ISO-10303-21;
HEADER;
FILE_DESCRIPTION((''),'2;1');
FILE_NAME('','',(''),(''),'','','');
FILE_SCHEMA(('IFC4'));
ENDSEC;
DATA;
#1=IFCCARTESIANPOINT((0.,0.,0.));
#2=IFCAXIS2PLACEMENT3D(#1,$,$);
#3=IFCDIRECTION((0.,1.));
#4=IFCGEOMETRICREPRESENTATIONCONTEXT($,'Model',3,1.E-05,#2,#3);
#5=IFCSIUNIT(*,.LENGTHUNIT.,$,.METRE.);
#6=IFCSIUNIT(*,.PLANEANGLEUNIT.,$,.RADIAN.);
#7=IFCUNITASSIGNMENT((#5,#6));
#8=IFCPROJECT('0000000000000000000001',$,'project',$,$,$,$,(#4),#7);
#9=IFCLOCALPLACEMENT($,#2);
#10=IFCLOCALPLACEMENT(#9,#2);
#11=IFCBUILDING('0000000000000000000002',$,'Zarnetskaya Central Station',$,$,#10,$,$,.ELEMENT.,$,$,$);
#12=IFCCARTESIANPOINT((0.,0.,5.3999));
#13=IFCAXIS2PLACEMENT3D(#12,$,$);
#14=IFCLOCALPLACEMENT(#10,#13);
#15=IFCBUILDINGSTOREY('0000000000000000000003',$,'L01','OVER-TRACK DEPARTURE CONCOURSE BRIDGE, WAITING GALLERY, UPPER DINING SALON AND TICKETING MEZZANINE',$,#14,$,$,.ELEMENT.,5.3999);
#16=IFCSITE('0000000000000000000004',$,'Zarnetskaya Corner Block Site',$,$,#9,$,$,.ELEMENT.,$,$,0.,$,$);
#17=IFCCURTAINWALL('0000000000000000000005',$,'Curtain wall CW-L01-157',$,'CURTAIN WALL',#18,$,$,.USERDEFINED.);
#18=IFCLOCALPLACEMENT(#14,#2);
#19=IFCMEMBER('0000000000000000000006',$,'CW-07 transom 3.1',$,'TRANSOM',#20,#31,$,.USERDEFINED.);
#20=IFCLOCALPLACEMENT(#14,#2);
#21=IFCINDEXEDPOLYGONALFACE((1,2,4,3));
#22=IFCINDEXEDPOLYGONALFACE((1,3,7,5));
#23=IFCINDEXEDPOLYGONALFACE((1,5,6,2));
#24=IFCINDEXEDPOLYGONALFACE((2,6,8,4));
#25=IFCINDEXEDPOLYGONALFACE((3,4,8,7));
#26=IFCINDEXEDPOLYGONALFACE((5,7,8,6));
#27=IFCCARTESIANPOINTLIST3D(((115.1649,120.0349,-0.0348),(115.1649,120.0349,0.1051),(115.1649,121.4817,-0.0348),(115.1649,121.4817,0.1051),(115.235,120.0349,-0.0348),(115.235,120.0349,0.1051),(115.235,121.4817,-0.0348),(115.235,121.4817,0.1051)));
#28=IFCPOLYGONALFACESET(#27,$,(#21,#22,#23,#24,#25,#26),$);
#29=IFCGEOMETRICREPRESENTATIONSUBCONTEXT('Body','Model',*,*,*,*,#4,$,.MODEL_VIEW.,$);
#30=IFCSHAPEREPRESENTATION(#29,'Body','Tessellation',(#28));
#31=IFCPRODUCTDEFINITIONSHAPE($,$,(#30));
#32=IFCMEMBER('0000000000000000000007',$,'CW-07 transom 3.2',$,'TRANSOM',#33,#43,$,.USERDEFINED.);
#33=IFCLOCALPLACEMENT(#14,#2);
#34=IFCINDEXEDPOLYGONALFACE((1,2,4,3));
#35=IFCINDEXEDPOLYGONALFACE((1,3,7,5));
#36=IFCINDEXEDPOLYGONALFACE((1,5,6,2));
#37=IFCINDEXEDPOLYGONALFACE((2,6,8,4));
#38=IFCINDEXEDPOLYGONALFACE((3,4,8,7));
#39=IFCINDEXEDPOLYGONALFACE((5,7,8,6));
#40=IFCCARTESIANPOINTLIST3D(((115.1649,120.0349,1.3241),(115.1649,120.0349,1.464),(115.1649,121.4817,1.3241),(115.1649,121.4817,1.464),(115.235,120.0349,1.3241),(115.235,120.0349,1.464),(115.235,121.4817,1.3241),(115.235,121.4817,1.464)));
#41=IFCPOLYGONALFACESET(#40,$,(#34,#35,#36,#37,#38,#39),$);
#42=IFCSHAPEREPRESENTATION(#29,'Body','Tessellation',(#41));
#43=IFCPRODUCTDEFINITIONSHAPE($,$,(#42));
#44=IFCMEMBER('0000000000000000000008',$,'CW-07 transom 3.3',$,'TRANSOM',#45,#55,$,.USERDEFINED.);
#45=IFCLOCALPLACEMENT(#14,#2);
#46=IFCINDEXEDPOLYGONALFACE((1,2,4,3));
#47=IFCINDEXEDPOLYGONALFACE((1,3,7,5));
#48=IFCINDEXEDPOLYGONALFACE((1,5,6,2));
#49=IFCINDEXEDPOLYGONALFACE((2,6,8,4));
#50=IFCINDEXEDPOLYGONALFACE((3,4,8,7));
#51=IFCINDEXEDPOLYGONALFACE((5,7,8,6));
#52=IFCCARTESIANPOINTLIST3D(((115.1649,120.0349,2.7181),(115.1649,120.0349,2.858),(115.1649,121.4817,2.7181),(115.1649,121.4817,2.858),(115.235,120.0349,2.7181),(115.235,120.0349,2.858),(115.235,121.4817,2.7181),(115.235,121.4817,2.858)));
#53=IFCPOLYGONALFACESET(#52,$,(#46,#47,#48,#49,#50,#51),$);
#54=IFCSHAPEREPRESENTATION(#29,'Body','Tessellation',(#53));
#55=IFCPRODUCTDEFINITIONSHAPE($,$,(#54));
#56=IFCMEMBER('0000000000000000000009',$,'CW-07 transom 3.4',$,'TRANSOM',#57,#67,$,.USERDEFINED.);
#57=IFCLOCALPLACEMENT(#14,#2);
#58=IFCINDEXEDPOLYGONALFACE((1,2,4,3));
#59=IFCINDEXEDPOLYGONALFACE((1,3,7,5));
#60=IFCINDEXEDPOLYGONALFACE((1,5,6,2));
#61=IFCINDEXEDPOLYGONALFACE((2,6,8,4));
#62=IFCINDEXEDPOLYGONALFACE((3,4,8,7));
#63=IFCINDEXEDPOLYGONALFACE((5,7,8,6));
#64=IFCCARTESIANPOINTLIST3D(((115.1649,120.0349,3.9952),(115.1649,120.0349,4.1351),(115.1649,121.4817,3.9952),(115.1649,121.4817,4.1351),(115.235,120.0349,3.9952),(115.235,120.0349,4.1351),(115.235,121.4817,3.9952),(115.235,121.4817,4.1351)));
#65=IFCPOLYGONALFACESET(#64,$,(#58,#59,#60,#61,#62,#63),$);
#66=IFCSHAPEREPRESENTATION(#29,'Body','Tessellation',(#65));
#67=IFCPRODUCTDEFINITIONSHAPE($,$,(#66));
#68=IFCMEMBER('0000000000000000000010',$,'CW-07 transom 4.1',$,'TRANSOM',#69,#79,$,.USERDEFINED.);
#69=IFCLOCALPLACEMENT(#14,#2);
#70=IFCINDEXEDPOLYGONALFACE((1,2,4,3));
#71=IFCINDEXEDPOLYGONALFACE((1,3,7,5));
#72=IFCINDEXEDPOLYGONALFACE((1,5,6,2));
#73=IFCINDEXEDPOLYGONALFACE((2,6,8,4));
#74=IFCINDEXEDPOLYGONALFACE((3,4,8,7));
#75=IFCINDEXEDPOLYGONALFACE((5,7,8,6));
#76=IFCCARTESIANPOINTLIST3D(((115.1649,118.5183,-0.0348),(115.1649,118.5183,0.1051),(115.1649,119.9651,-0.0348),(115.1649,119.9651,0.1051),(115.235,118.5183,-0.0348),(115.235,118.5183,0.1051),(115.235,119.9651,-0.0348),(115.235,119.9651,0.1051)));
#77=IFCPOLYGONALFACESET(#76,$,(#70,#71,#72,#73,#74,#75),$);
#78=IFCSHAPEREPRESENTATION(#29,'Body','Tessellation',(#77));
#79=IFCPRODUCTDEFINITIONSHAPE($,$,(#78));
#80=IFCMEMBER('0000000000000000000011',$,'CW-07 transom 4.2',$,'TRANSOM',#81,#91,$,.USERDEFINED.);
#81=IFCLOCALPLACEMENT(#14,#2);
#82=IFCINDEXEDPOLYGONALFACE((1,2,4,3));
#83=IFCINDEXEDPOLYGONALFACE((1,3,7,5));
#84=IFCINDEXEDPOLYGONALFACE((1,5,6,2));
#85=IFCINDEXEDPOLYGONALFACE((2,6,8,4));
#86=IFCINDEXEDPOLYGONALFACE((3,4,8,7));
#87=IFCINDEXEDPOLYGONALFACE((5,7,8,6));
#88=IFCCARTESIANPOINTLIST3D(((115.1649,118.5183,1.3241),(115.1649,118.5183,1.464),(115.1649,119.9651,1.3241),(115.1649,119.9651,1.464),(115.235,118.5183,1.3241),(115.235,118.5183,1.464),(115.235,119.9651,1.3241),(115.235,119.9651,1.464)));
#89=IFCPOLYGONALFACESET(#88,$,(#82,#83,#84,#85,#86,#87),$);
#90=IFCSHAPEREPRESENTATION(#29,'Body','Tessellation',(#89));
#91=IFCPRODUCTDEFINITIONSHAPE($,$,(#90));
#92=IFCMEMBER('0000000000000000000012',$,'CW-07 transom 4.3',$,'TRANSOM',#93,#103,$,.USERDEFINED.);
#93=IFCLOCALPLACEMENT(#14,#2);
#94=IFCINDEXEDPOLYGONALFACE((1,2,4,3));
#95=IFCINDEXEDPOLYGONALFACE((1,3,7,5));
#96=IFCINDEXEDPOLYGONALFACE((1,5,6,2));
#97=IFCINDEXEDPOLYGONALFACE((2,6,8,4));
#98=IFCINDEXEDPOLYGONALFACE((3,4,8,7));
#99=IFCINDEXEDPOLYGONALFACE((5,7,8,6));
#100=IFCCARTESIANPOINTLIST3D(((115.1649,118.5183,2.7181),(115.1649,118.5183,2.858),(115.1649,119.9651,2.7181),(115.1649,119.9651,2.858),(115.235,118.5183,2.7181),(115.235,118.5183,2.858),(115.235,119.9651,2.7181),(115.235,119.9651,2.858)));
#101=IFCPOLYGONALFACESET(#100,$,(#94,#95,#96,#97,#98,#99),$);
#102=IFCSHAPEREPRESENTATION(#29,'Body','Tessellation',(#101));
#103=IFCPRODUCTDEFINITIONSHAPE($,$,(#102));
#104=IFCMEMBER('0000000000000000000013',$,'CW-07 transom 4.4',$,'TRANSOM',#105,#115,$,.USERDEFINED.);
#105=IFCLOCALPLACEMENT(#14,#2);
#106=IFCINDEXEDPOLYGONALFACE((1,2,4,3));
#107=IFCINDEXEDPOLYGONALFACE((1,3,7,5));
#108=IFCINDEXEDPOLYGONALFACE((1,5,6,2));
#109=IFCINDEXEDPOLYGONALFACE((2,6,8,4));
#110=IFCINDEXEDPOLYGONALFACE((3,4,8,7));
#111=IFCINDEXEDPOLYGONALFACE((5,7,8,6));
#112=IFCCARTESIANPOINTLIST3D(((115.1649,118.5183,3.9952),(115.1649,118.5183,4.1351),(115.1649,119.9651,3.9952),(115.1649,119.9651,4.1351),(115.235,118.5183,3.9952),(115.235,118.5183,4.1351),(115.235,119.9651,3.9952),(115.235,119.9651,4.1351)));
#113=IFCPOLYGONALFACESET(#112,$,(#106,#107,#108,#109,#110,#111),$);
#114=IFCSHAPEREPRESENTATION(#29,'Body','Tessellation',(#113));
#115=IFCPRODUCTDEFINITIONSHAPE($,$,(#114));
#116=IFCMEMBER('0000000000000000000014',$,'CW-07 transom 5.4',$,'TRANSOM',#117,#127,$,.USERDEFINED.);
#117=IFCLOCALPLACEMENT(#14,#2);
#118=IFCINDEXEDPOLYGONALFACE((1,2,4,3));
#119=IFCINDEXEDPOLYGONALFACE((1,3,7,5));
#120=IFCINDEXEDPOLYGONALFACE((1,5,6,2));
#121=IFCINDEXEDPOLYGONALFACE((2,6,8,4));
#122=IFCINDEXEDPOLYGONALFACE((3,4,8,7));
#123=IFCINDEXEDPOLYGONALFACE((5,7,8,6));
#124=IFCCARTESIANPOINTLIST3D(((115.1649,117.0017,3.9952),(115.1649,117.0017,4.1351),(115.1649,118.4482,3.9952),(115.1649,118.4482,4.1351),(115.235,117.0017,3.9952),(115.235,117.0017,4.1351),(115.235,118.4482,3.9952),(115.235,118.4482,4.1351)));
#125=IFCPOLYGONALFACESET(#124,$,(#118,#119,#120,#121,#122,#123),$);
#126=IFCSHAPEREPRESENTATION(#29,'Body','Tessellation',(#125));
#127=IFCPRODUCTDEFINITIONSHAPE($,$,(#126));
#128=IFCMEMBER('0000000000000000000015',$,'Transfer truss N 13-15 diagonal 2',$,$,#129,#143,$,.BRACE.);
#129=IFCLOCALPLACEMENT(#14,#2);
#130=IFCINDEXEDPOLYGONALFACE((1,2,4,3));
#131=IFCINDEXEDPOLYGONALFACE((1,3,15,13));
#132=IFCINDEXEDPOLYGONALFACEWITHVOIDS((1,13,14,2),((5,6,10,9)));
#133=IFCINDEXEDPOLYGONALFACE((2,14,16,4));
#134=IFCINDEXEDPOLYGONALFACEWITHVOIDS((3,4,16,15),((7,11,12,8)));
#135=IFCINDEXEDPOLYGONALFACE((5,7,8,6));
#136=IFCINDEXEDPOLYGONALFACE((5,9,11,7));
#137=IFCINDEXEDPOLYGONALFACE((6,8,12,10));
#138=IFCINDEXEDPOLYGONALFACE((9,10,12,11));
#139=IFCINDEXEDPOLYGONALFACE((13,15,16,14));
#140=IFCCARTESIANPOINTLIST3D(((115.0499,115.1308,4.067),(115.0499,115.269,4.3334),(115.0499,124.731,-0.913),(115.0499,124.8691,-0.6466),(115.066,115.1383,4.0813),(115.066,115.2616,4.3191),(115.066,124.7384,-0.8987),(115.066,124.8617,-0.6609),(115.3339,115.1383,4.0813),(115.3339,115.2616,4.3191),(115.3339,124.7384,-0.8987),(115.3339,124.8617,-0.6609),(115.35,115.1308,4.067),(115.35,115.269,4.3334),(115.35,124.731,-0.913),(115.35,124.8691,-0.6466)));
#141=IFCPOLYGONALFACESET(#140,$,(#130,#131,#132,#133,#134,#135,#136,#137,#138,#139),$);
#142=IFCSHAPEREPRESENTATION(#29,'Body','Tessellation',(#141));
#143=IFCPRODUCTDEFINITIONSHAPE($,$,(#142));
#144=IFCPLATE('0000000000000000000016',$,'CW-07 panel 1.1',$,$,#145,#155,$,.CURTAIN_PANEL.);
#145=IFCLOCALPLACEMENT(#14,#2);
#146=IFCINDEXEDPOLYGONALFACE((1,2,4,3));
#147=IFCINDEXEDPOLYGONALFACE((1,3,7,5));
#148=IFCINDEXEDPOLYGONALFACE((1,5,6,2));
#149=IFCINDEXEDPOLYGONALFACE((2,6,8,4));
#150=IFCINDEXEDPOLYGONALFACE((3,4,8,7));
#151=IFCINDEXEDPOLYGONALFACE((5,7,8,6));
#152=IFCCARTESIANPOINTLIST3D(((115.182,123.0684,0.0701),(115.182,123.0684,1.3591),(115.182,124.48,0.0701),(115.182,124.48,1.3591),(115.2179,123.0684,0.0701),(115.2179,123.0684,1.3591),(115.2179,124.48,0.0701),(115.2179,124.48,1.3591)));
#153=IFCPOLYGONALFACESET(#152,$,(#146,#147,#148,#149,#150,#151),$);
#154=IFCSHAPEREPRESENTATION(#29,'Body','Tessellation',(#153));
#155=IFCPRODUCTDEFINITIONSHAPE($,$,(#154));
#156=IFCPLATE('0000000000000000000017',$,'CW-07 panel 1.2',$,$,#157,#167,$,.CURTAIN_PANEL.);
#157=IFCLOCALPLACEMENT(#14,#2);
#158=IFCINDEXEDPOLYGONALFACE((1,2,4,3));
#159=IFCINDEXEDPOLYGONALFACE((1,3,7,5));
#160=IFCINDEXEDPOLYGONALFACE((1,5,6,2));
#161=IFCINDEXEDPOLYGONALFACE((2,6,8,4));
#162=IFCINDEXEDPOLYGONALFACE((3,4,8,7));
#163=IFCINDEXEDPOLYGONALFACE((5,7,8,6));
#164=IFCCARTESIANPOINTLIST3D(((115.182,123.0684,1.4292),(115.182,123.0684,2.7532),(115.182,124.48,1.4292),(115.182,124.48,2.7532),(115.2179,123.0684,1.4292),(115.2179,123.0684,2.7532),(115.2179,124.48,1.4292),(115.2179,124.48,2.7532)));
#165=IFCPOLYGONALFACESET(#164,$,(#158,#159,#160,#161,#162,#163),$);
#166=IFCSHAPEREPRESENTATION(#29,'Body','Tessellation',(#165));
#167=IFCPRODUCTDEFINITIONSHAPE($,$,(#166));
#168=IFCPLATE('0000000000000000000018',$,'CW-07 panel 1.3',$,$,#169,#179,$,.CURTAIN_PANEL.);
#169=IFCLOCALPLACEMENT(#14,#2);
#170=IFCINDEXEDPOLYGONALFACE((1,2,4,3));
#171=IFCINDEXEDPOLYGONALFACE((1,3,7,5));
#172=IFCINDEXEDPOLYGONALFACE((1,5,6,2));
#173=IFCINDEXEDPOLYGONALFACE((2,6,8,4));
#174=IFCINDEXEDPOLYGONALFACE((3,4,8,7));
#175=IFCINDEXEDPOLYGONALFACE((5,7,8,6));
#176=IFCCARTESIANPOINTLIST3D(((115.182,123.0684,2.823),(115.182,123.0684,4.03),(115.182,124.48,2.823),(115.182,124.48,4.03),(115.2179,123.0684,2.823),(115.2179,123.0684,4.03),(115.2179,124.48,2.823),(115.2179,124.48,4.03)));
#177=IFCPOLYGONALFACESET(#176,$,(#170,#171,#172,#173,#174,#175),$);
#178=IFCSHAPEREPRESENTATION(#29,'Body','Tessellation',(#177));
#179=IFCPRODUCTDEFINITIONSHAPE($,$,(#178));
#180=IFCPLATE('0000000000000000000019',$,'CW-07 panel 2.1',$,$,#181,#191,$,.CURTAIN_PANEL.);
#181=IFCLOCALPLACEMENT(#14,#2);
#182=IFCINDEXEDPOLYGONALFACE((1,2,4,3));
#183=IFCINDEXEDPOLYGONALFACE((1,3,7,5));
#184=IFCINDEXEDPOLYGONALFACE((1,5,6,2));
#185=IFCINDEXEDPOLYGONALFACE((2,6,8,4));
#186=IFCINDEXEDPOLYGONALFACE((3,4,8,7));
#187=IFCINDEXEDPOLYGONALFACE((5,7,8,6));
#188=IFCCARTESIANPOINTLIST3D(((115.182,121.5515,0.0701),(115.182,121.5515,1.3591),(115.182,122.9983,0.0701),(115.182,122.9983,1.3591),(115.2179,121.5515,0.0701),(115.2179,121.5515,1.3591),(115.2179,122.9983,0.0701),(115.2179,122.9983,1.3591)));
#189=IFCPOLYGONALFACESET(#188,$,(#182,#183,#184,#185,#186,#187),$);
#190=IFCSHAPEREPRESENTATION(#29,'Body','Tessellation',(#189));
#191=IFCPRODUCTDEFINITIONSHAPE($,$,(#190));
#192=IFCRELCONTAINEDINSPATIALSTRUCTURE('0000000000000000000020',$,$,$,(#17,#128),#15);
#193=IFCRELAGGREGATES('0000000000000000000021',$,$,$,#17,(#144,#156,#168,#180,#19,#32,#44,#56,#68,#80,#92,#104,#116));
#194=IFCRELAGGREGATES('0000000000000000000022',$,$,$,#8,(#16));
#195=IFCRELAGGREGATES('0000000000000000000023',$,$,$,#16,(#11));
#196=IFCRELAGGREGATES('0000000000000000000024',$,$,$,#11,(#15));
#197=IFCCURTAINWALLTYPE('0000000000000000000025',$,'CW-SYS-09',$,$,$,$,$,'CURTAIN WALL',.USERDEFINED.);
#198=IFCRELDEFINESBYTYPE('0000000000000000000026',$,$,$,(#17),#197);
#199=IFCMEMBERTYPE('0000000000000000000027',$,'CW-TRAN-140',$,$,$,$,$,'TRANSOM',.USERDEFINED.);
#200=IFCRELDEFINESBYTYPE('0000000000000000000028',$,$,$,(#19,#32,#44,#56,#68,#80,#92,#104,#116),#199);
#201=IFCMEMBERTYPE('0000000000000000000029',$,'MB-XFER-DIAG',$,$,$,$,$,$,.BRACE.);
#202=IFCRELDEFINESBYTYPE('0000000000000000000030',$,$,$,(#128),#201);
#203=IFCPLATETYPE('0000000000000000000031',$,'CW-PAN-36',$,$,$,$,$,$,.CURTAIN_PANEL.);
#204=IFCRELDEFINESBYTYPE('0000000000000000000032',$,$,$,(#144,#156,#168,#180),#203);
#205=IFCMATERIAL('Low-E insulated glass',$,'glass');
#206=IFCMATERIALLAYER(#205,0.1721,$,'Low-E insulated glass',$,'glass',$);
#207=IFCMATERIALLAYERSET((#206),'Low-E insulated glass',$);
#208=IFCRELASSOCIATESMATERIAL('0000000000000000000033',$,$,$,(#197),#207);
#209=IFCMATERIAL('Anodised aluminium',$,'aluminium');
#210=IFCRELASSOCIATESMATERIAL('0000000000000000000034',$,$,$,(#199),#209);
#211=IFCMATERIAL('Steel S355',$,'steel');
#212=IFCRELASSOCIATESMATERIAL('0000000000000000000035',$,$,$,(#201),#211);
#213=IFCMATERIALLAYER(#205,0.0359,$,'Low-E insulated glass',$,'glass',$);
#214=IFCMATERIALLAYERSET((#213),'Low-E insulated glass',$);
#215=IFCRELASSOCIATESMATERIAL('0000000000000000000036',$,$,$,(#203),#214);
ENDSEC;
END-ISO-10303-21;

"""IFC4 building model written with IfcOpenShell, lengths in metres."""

from ifc_helpers import new_model, si_unit, direction, frame, origin, origin_2d, place, context, subcontext, project, spatial, rectangle, hollow_rectangle, extrude, material, layer, layer_set, material_profile, profile_set, type_object, element, aggregate, save


model = new_model("IFC4")

# Units and contexts
model_context = context("Model", 3, precision=1e-05, world=origin(), true_north=direction((0.0, 1.0)))
body_context = subcontext(model_context, "Body", "Model", "MODEL_VIEW")
ifc_project = project(units=[si_unit("LENGTHUNIT", "METRE"), si_unit("PLANEANGLEUNIT", "RADIAN")], contexts=[model_context])

# Site, building, storey
site_placement = place(None, origin())
site = spatial("IfcSite", under=ifc_project, at=site_placement, Name="Zarnetskaya Corner Block Site", CompositionType="ELEMENT", RefElevation=0.0)
building_placement = place(site_placement, origin())
building = spatial("IfcBuilding", under=site, at=building_placement, Name="Zarnetskaya Central Station", CompositionType="ELEMENT")
storey_placement = place(building_placement, frame((0.0, 0.0, 5.3999)))
storey = spatial("IfcBuildingStorey", under=building, at=storey_placement, Name="L01", Description="OVER-TRACK DEPARTURE CONCOURSE BRIDGE, WAITING GALLERY, UPPER DINING SALON AND TICKETING MEZZANINE", CompositionType="ELEMENT", Elevation=5.3999)

# Shared definitions
ifc_material_1 = material(Name="Steel S355", Category="steel")

# Curtain wall, members
ifc_material_2 = material(Name="Low-E insulated glass", Category="glass")
ifc_layer_1 = layer(ifc_material_2, 0.1721, Name="Low-E insulated glass", Category="glass")
ifc_layer_set_1 = layer_set([ifc_layer_1], Name="Low-E insulated glass")
curtain_wall_type = type_object("IfcCurtainWallType", Name="CW-SYS-09", ElementType="CURTAIN WALL", PredefinedType="USERDEFINED", material=ifc_layer_set_1)
curtain_wall_placement = place(storey_placement, origin())
curtain_wall = element("IfcCurtainWall", 1, at=curtain_wall_placement, inside=storey, type_object=curtain_wall_type, Name="Curtain wall CW-L01-157", ObjectType="CURTAIN WALL", PredefinedType="USERDEFINED")
ifc_material_3 = material(Name="Anodised aluminium", Category="aluminium")
ifc_material_profile_1 = material_profile(ifc_material_3, rectangle(XDim=0.0701, YDim=0.1399, at=origin_2d()), Name="ALU TRAN 70x140")
ifc_profile_set_1 = profile_set([ifc_material_profile_1], Name="Anodised aluminium")
member_type_1 = type_object("IfcMemberType", Name="CW-TRAN-140", ElementType="TRANSOM", PredefinedType="USERDEFINED", material=ifc_profile_set_1)
member_1_placement = place(storey_placement, frame((115.2, 121.4817, 0.0352), z_axis=(0.0, -1.0, 0.0), x_axis=(1.0, 0.0, 0.0)))
member_1 = element("IfcMember", 2, at=member_1_placement, type_object=member_type_1, Name="CW-07 transom 3.1", ObjectType="TRANSOM", PredefinedType="USERDEFINED", context=body_context, shape_type="SweptSolid", body=[
    extrude(rectangle(XDim=0.0701, YDim=0.1399, at=origin_2d()), origin(), (0.0, 0.0, 1.0), 1.4468),
])
member_2_placement = place(storey_placement, frame((115.2, 121.4817, 1.394), z_axis=(0.0, -1.0, 0.0), x_axis=(1.0, 0.0, 0.0)))
member_2 = element("IfcMember", 3, at=member_2_placement, type_object=member_type_1, Name="CW-07 transom 3.2", ObjectType="TRANSOM", PredefinedType="USERDEFINED", context=body_context, shape_type="SweptSolid", body=[
    extrude(rectangle(XDim=0.0701, YDim=0.1399, at=origin_2d()), origin(), (0.0, 0.0, 1.0), 1.4468),
])
member_3_placement = place(storey_placement, frame((115.2, 121.4817, 2.7881), z_axis=(0.0, -1.0, 0.0), x_axis=(1.0, 0.0, 0.0)))
member_3 = element("IfcMember", 4, at=member_3_placement, type_object=member_type_1, Name="CW-07 transom 3.3", ObjectType="TRANSOM", PredefinedType="USERDEFINED", context=body_context, shape_type="SweptSolid", body=[
    extrude(rectangle(XDim=0.0701, YDim=0.1399, at=origin_2d()), origin(), (0.0, 0.0, 1.0), 1.4468),
])
member_4_placement = place(storey_placement, frame((115.2, 121.4817, 4.0652), z_axis=(0.0, -1.0, 0.0), x_axis=(1.0, 0.0, 0.0)))
member_4 = element("IfcMember", 5, at=member_4_placement, type_object=member_type_1, Name="CW-07 transom 3.4", ObjectType="TRANSOM", PredefinedType="USERDEFINED", context=body_context, shape_type="SweptSolid", body=[
    extrude(rectangle(XDim=0.0701, YDim=0.1399, at=origin_2d()), origin(), (0.0, 0.0, 1.0), 1.4468),
])
member_5_placement = place(storey_placement, frame((115.2, 119.9651, 0.0352), z_axis=(0.0, -1.0, 0.0), x_axis=(1.0, 0.0, 0.0)))
member_5 = element("IfcMember", 6, at=member_5_placement, type_object=member_type_1, Name="CW-07 transom 4.1", ObjectType="TRANSOM", PredefinedType="USERDEFINED", context=body_context, shape_type="SweptSolid", body=[
    extrude(rectangle(XDim=0.0701, YDim=0.1399, at=origin_2d()), origin(), (0.0, 0.0, 1.0), 1.4468),
])
member_6_placement = place(storey_placement, frame((115.2, 119.9651, 1.394), z_axis=(0.0, -1.0, 0.0), x_axis=(1.0, 0.0, 0.0)))
member_6 = element("IfcMember", 7, at=member_6_placement, type_object=member_type_1, Name="CW-07 transom 4.2", ObjectType="TRANSOM", PredefinedType="USERDEFINED", context=body_context, shape_type="SweptSolid", body=[
    extrude(rectangle(XDim=0.0701, YDim=0.1399, at=origin_2d()), origin(), (0.0, 0.0, 1.0), 1.4468),
])
member_7_placement = place(storey_placement, frame((115.2, 119.9651, 2.7881), z_axis=(0.0, -1.0, 0.0), x_axis=(1.0, 0.0, 0.0)))
member_7 = element("IfcMember", 8, at=member_7_placement, type_object=member_type_1, Name="CW-07 transom 4.3", ObjectType="TRANSOM", PredefinedType="USERDEFINED", context=body_context, shape_type="SweptSolid", body=[
    extrude(rectangle(XDim=0.0701, YDim=0.1399, at=origin_2d()), origin(), (0.0, 0.0, 1.0), 1.4468),
])
member_8_placement = place(storey_placement, frame((115.2, 119.9651, 4.0652), z_axis=(0.0, -1.0, 0.0), x_axis=(1.0, 0.0, 0.0)))
member_8 = element("IfcMember", 9, at=member_8_placement, type_object=member_type_1, Name="CW-07 transom 4.4", ObjectType="TRANSOM", PredefinedType="USERDEFINED", context=body_context, shape_type="SweptSolid", body=[
    extrude(rectangle(XDim=0.0701, YDim=0.1399, at=origin_2d()), origin(), (0.0, 0.0, 1.0), 1.4468),
])
member_9_placement = place(storey_placement, frame((115.2, 118.4482, 4.0652), z_axis=(0.0, -1.0, 0.0), x_axis=(1.0, 0.0, 0.0)))
member_9 = element("IfcMember", 10, at=member_9_placement, type_object=member_type_1, Name="CW-07 transom 5.4", ObjectType="TRANSOM", PredefinedType="USERDEFINED", context=body_context, shape_type="SweptSolid", body=[
    extrude(rectangle(XDim=0.0701, YDim=0.1399, at=origin_2d()), origin(), (0.0, 0.0, 1.0), 1.4465),
])

# Member
ifc_material_profile_2 = material_profile(ifc_material_1, hollow_rectangle(XDim=0.3, YDim=0.3, WallThickness=0.0161, at=origin_2d()), Name="SHS 300x300x16")
ifc_profile_set_2 = profile_set([ifc_material_profile_2], Name="Steel S355")
member_type_2 = type_object("IfcMemberType", Name="MB-XFER-DIAG", PredefinedType="BRACE", material=ifc_profile_set_2)
member_10_placement = place(storey_placement, frame((115.2, 124.8, -0.7798), z_axis=(0.0, -0.887673, 0.460474), x_axis=(1.0, 0.0, 0.0)))
element("IfcMember", 11, at=member_10_placement, inside=storey, type_object=member_type_2, Name="Transfer truss N 13-15 diagonal 2", PredefinedType="BRACE", context=body_context, shape_type="SweptSolid", body=[
    extrude(hollow_rectangle(XDim=0.3, YDim=0.3, WallThickness=0.0161, at=origin_2d()), origin(), (0.0, 0.0, 1.0), 10.8149),
])

# Plates
ifc_layer_2 = layer(ifc_material_2, 0.0359, Name="Low-E insulated glass", Category="glass")
ifc_layer_set_2 = layer_set([ifc_layer_2], Name="Low-E insulated glass")
plate_type_1 = type_object("IfcPlateType", Name="CW-PAN-36", PredefinedType="CURTAIN_PANEL", material=ifc_layer_set_2)
plate_1_placement = place(storey_placement, frame((115.2, 123.7742, 0.0701), z_axis=(0.0, 0.0, 1.0), x_axis=(0.0, -1.0, 0.0)))
plate_1 = element("IfcPlate", 12, at=plate_1_placement, type_object=plate_type_1, Name="CW-07 panel 1.1", PredefinedType="CURTAIN_PANEL", context=body_context, shape_type="SweptSolid", body=[
    extrude(rectangle(XDim=1.4116, YDim=0.0359, at=origin_2d()), origin(), (0.0, 0.0, 1.0), 1.2891),
])
plate_2_placement = place(storey_placement, frame((115.2, 123.7742, 1.4292), z_axis=(0.0, 0.0, 1.0), x_axis=(0.0, -1.0, 0.0)))
plate_2 = element("IfcPlate", 13, at=plate_2_placement, type_object=plate_type_1, Name="CW-07 panel 1.2", PredefinedType="CURTAIN_PANEL", context=body_context, shape_type="SweptSolid", body=[
    extrude(rectangle(XDim=1.4116, YDim=0.0359, at=origin_2d()), origin(), (0.0, 0.0, 1.0), 1.324),
])
plate_3_placement = place(storey_placement, frame((115.2, 123.7742, 2.823), z_axis=(0.0, 0.0, 1.0), x_axis=(0.0, -1.0, 0.0)))
plate_3 = element("IfcPlate", 14, at=plate_3_placement, type_object=plate_type_1, Name="CW-07 panel 1.3", PredefinedType="CURTAIN_PANEL", context=body_context, shape_type="SweptSolid", body=[
    extrude(rectangle(XDim=1.4116, YDim=0.0359, at=origin_2d()), origin(), (0.0, 0.0, 1.0), 1.207),
])
plate_4_placement = place(storey_placement, frame((115.2, 122.2749, 0.0701), z_axis=(0.0, 0.0, 1.0), x_axis=(0.0, -1.0, 0.0)))
plate_4 = element("IfcPlate", 15, at=plate_4_placement, type_object=plate_type_1, Name="CW-07 panel 2.1", PredefinedType="CURTAIN_PANEL", context=body_context, shape_type="SweptSolid", body=[
    extrude(rectangle(XDim=1.4468, YDim=0.0359, at=origin_2d()), origin(), (0.0, 0.0, 1.0), 1.2891),
])
aggregate(curtain_wall, [plate_1, plate_2, plate_3, plate_4, member_1, member_2, member_3, member_4, member_5, member_6, member_7, member_8, member_9])

save(model, "model.ifc")
